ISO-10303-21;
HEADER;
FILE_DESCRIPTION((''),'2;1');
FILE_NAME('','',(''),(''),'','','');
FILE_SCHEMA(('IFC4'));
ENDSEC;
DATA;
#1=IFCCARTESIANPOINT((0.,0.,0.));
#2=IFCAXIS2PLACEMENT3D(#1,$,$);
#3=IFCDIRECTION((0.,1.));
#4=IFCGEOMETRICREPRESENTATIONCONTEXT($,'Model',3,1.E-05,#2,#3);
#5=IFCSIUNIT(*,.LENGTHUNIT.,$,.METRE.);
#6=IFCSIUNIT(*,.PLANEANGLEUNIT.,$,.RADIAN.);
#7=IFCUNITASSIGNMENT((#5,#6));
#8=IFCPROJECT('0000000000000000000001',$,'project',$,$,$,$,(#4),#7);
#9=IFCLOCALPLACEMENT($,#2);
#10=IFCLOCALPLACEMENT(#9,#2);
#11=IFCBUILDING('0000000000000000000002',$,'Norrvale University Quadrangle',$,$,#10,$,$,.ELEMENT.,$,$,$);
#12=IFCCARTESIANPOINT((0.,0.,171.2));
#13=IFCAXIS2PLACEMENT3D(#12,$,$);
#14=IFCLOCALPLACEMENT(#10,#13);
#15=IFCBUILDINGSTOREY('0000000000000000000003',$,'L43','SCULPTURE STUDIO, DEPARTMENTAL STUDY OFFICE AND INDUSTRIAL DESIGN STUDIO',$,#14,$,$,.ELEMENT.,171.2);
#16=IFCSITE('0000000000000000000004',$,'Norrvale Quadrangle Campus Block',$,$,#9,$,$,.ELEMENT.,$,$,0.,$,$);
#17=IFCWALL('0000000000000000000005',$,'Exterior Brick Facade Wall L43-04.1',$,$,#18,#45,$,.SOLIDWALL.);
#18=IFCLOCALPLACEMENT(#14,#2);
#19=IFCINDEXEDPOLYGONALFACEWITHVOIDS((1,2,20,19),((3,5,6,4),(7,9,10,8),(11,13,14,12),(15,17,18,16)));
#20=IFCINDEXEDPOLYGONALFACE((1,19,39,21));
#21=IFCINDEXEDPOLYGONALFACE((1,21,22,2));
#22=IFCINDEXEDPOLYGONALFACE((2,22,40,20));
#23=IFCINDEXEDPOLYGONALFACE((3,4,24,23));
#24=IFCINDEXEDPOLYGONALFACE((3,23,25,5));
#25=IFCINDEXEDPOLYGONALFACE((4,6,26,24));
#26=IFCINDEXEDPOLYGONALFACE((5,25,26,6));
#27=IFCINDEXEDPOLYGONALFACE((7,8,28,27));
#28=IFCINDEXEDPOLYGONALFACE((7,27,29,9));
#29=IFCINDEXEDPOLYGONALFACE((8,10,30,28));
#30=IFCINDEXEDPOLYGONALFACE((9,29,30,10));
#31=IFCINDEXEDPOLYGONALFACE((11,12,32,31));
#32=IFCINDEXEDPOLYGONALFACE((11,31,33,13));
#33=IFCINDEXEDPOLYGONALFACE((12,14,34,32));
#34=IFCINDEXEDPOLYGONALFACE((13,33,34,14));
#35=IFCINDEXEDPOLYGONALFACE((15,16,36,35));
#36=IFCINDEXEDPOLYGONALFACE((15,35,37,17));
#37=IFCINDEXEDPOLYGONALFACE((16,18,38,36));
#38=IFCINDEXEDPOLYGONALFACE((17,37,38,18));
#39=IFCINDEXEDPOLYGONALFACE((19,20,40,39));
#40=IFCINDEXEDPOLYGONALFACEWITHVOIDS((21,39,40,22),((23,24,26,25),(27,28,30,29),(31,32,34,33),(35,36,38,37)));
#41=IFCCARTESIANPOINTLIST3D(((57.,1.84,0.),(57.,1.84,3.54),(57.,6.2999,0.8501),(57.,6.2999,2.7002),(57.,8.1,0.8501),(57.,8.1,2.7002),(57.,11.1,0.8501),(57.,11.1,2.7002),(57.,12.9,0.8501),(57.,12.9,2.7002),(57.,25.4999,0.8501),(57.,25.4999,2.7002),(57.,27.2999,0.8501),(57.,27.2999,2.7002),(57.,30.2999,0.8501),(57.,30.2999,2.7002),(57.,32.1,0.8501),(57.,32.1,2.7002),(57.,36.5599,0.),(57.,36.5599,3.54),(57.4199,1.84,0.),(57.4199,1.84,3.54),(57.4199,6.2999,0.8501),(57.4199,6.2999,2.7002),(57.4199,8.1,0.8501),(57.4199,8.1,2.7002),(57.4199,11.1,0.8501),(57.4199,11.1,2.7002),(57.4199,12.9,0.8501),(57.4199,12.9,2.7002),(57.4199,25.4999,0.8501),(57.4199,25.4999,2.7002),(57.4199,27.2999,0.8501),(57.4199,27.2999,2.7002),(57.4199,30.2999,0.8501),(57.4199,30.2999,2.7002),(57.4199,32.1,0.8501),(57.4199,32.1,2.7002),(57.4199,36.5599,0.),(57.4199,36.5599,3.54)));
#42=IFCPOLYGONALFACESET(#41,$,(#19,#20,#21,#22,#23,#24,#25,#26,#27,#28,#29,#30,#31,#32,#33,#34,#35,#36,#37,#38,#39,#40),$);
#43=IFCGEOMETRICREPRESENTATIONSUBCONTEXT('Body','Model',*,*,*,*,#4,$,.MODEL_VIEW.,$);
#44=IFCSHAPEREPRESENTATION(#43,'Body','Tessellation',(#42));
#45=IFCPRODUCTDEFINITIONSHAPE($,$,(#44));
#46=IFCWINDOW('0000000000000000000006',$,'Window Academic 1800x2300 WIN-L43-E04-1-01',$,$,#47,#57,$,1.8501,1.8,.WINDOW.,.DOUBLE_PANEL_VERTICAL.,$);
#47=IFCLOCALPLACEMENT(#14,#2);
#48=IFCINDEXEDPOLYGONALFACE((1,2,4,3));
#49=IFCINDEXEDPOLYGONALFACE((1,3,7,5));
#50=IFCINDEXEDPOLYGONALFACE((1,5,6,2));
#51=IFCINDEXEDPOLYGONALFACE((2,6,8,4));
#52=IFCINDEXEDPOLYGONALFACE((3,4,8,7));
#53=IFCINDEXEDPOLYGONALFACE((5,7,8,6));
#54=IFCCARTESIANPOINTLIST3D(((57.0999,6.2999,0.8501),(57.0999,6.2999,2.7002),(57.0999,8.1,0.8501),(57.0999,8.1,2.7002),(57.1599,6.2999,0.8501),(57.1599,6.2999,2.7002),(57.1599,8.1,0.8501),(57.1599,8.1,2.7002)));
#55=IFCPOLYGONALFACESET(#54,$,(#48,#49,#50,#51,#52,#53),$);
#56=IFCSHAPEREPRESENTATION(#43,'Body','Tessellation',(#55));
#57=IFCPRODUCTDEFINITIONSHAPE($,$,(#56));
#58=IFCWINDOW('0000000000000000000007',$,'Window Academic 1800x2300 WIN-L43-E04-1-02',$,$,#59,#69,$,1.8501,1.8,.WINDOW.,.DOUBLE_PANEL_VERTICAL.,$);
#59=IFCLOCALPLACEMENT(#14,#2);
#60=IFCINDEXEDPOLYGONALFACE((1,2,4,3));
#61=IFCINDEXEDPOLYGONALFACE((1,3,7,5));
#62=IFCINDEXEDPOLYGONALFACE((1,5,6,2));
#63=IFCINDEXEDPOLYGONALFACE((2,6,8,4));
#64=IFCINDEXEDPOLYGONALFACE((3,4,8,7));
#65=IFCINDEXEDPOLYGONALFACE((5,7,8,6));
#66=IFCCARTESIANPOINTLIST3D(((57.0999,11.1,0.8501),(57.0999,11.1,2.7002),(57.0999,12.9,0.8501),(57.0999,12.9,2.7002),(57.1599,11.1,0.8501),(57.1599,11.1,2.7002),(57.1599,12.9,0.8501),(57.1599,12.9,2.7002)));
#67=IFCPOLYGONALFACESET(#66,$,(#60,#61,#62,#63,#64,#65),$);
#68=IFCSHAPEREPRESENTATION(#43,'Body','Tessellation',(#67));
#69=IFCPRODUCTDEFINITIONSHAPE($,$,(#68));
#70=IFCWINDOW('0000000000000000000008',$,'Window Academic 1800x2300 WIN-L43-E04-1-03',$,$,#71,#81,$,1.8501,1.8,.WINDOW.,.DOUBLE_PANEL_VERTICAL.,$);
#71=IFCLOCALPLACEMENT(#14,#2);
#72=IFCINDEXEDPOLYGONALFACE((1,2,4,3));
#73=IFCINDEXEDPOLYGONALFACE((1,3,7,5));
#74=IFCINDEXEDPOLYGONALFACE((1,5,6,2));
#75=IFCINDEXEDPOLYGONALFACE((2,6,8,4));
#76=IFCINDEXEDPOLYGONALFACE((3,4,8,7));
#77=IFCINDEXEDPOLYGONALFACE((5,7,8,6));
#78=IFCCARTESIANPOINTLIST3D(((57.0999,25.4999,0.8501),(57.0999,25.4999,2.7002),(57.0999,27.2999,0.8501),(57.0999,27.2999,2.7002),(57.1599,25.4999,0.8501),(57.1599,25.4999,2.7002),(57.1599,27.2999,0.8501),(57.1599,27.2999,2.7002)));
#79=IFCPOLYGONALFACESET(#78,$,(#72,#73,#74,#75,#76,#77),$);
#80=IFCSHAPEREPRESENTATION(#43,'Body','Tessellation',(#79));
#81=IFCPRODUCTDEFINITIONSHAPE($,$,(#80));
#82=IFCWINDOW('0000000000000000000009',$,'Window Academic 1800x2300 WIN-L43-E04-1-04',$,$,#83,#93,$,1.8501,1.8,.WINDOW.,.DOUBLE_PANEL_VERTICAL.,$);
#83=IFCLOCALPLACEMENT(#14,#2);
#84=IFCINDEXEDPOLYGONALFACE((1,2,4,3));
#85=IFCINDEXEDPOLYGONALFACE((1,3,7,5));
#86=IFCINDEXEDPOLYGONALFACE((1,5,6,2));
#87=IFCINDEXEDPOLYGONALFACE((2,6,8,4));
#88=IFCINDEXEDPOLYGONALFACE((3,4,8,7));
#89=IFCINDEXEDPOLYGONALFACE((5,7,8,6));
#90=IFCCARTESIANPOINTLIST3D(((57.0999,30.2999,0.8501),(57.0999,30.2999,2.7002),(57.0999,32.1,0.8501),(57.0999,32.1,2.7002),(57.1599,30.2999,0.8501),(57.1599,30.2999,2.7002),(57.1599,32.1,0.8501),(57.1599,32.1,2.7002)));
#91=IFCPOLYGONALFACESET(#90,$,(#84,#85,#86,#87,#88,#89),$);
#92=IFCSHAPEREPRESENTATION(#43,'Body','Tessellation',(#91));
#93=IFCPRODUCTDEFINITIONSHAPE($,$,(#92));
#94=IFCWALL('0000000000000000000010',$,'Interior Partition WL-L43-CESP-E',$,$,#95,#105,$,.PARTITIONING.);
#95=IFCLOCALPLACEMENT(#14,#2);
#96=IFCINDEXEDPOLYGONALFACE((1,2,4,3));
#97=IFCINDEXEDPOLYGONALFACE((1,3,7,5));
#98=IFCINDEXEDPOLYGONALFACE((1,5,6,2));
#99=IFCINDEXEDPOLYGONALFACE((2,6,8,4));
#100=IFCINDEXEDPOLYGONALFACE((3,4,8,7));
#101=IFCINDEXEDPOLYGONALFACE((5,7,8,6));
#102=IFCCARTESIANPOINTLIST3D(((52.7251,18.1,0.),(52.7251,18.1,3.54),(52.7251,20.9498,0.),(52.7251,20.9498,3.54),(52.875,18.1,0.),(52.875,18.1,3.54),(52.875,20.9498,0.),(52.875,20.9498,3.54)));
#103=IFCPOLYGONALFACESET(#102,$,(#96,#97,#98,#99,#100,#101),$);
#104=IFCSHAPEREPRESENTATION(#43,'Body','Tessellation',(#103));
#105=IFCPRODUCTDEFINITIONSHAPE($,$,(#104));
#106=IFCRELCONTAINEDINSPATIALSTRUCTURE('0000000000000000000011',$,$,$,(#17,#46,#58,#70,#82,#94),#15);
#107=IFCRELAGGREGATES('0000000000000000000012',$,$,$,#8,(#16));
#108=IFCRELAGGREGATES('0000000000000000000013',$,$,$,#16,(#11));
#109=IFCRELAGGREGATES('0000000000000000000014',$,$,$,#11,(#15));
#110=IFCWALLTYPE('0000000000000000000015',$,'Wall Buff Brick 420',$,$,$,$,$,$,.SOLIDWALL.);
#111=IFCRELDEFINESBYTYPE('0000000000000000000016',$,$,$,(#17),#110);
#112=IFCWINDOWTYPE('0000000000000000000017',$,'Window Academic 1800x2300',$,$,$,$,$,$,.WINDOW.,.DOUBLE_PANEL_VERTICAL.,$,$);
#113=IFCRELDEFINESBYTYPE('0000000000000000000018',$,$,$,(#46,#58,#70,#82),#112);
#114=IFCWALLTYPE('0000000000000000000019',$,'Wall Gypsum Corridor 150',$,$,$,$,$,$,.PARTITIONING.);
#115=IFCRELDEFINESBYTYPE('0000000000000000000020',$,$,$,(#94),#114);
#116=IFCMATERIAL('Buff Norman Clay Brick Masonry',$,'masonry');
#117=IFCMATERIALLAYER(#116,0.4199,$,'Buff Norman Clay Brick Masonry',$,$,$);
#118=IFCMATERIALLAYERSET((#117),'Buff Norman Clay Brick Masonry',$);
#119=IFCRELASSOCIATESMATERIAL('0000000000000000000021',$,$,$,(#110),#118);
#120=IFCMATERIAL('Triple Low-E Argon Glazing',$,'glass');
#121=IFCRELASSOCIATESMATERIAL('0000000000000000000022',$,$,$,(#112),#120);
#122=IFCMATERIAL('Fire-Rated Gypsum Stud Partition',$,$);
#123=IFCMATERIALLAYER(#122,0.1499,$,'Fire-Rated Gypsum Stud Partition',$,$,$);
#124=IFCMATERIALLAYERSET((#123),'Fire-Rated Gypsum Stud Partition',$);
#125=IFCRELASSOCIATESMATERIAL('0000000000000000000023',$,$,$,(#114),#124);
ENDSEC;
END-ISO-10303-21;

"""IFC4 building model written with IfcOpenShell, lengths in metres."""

from ifc_helpers import new_model, si_unit, direction, frame, frame_2d, origin, place, context, subcontext, project, spatial, rectangle, extrude, material, layer, layer_set, type_object, element, fill, save


model = new_model("IFC4")

# Units and contexts
model_context = context("Model", 3, precision=1e-05, world=origin(), true_north=direction((0.0, 1.0)))
body_context = subcontext(model_context, "Body", "Model", "MODEL_VIEW")
ifc_project = project(units=[si_unit("LENGTHUNIT", "METRE"), si_unit("PLANEANGLEUNIT", "RADIAN")], contexts=[model_context])

# Site, building, storey
site_placement = place(None, origin())
site = spatial("IfcSite", under=ifc_project, at=site_placement, Name="Norrvale Quadrangle Campus Block", CompositionType="ELEMENT", RefElevation=0.0)
building_placement = place(site_placement, origin())
building = spatial("IfcBuilding", under=site, at=building_placement, Name="Norrvale University Quadrangle", CompositionType="ELEMENT")
storey_placement = place(building_placement, frame((0.0, 0.0, 171.2)))
storey = spatial("IfcBuildingStorey", under=building, at=storey_placement, Name="L43", Description="SCULPTURE STUDIO, DEPARTMENTAL STUDY OFFICE AND INDUSTRIAL DESIGN STUDIO", CompositionType="ELEMENT", Elevation=171.2)

# Shared definitions
ifc_material_1 = material(Name="Buff Norman Clay Brick Masonry", Category="masonry")
ifc_layer_1 = layer(ifc_material_1, 0.4199, Name="Buff Norman Clay Brick Masonry")
ifc_layer_set_1 = layer_set([ifc_layer_1], Name="Buff Norman Clay Brick Masonry")
wall_type_1 = type_object("IfcWallType", Name="Wall Buff Brick 420", PredefinedType="SOLIDWALL", material=ifc_layer_set_1)

# Wall, openings, windows
wall_1_placement = place(storey_placement, frame((57.21, 1.8401, 0.0), z_axis=(0.0, 0.0, 1.0), x_axis=(0.0, 1.0, 0.0)))
wall_1 = element("IfcWall", 1, at=wall_1_placement, inside=storey, type_object=wall_type_1, Name="Exterior Brick Facade Wall L43-04.1", PredefinedType="SOLIDWALL", context=body_context, shape_type="SweptSolid", body=[
    extrude(rectangle(XDim=34.72, YDim=0.4199, at=frame_2d((17.3599, 0.0))), origin(), (0.0, 0.0, 1.0), 3.54),
])
opening_1_placement = place(wall_1_placement, frame((4.46, 0.0, 0.8501)))
opening_1 = element("IfcOpeningElement", 2, at=opening_1_placement, cuts=wall_1, PredefinedType="OPENING", context=body_context, shape_type="SweptSolid", body=[
    extrude(rectangle(XDim=1.8, YDim=1.8501, at=frame_2d((0.8999, 0.925))), frame((0.0, 0.2219, 0.0), z_axis=(0.0, -1.0, 0.0), x_axis=(1.0, 0.0, 0.0)), (0.0, 0.0, 1.0), 0.4438),
])
opening_2_placement = place(wall_1_placement, frame((9.26, 0.0, 0.8501)))
opening_2 = element("IfcOpeningElement", 3, at=opening_2_placement, cuts=wall_1, PredefinedType="OPENING", context=body_context, shape_type="SweptSolid", body=[
    extrude(rectangle(XDim=1.8, YDim=1.8501, at=frame_2d((0.8999, 0.925))), frame((0.0, 0.2219, 0.0), z_axis=(0.0, -1.0, 0.0), x_axis=(1.0, 0.0, 0.0)), (0.0, 0.0, 1.0), 0.4438),
])
opening_3_placement = place(wall_1_placement, frame((23.6599, 0.0, 0.8501)))
opening_3 = element("IfcOpeningElement", 4, at=opening_3_placement, cuts=wall_1, PredefinedType="OPENING", context=body_context, shape_type="SweptSolid", body=[
    extrude(rectangle(XDim=1.8, YDim=1.8501, at=frame_2d((0.8999, 0.925))), frame((0.0, 0.2219, 0.0), z_axis=(0.0, -1.0, 0.0), x_axis=(1.0, 0.0, 0.0)), (0.0, 0.0, 1.0), 0.4438),
])
opening_4_placement = place(wall_1_placement, frame((28.46, 0.0, 0.8501)))
opening_4 = element("IfcOpeningElement", 5, at=opening_4_placement, cuts=wall_1, PredefinedType="OPENING", context=body_context, shape_type="SweptSolid", body=[
    extrude(rectangle(XDim=1.8, YDim=1.8501, at=frame_2d((0.8999, 0.925))), frame((0.0, 0.2219, 0.0), z_axis=(0.0, -1.0, 0.0), x_axis=(1.0, 0.0, 0.0)), (0.0, 0.0, 1.0), 0.4438),
])
ifc_material_2 = material(Name="Triple Low-E Argon Glazing", Category="glass")
window_type = type_object("IfcWindowType", Name="Window Academic 1800x2300", PartitioningType="DOUBLE_PANEL_VERTICAL", PredefinedType="WINDOW", material=ifc_material_2)
window_1_placement = place(opening_1_placement, origin())
window_1 = element("IfcWindow", 6, at=window_1_placement, inside=storey, type_object=window_type, Name="Window Academic 1800x2300 WIN-L43-E04-1-01", OverallHeight=1.8501, OverallWidth=1.8, PartitioningType="DOUBLE_PANEL_VERTICAL", PredefinedType="WINDOW", context=body_context, shape_type="SweptSolid", body=[
    extrude(rectangle(XDim=1.8, YDim=1.8501, at=frame_2d((0.8999, 0.925))), frame((0.0, 0.1101, 0.0), z_axis=(0.0, -1.0, 0.0), x_axis=(1.0, 0.0, 0.0)), (0.0, 0.0, 1.0), 0.0601),
])
fill(opening_1, window_1)
window_2_placement = place(opening_2_placement, origin())
window_2 = element("IfcWindow", 7, at=window_2_placement, inside=storey, type_object=window_type, Name="Window Academic 1800x2300 WIN-L43-E04-1-02", OverallHeight=1.8501, OverallWidth=1.8, PartitioningType="DOUBLE_PANEL_VERTICAL", PredefinedType="WINDOW", context=body_context, shape_type="SweptSolid", body=[
    extrude(rectangle(XDim=1.8, YDim=1.8501, at=frame_2d((0.8999, 0.925))), frame((0.0, 0.1101, 0.0), z_axis=(0.0, -1.0, 0.0), x_axis=(1.0, 0.0, 0.0)), (0.0, 0.0, 1.0), 0.0601),
])
fill(opening_2, window_2)
window_3_placement = place(opening_3_placement, origin())
window_3 = element("IfcWindow", 8, at=window_3_placement, inside=storey, type_object=window_type, Name="Window Academic 1800x2300 WIN-L43-E04-1-03", OverallHeight=1.8501, OverallWidth=1.8, PartitioningType="DOUBLE_PANEL_VERTICAL", PredefinedType="WINDOW", context=body_context, shape_type="SweptSolid", body=[
    extrude(rectangle(XDim=1.8, YDim=1.8501, at=frame_2d((0.8999, 0.925))), frame((0.0, 0.1101, 0.0), z_axis=(0.0, -1.0, 0.0), x_axis=(1.0, 0.0, 0.0)), (0.0, 0.0, 1.0), 0.0601),
])
fill(opening_3, window_3)
window_4_placement = place(opening_4_placement, origin())
window_4 = element("IfcWindow", 9, at=window_4_placement, inside=storey, type_object=window_type, Name="Window Academic 1800x2300 WIN-L43-E04-1-04", OverallHeight=1.8501, OverallWidth=1.8, PartitioningType="DOUBLE_PANEL_VERTICAL", PredefinedType="WINDOW", context=body_context, shape_type="SweptSolid", body=[
    extrude(rectangle(XDim=1.8, YDim=1.8501, at=frame_2d((0.8999, 0.925))), frame((0.0, 0.1101, 0.0), z_axis=(0.0, -1.0, 0.0), x_axis=(1.0, 0.0, 0.0)), (0.0, 0.0, 1.0), 0.0601),
])
fill(opening_4, window_4)

# Wall
ifc_material_3 = material(Name="Fire-Rated Gypsum Stud Partition")
ifc_layer_2 = layer(ifc_material_3, 0.1499, Name="Fire-Rated Gypsum Stud Partition")
ifc_layer_set_2 = layer_set([ifc_layer_2], Name="Fire-Rated Gypsum Stud Partition")
wall_type_2 = type_object("IfcWallType", Name="Wall Gypsum Corridor 150", PredefinedType="PARTITIONING", material=ifc_layer_set_2)
wall_2_placement = place(storey_placement, frame((52.8, 18.1001, 0.0), z_axis=(0.0, 0.0, 1.0), x_axis=(0.0, 1.0, 0.0)))
element("IfcWall", 10, at=wall_2_placement, inside=storey, type_object=wall_type_2, Name="Interior Partition WL-L43-CESP-E", PredefinedType="PARTITIONING", context=body_context, shape_type="SweptSolid", body=[
    extrude(rectangle(XDim=2.8499, YDim=0.1499, at=frame_2d((1.4248, 0.0))), origin(), (0.0, 0.0, 1.0), 3.54),
])

save(model, "model.ifc")
